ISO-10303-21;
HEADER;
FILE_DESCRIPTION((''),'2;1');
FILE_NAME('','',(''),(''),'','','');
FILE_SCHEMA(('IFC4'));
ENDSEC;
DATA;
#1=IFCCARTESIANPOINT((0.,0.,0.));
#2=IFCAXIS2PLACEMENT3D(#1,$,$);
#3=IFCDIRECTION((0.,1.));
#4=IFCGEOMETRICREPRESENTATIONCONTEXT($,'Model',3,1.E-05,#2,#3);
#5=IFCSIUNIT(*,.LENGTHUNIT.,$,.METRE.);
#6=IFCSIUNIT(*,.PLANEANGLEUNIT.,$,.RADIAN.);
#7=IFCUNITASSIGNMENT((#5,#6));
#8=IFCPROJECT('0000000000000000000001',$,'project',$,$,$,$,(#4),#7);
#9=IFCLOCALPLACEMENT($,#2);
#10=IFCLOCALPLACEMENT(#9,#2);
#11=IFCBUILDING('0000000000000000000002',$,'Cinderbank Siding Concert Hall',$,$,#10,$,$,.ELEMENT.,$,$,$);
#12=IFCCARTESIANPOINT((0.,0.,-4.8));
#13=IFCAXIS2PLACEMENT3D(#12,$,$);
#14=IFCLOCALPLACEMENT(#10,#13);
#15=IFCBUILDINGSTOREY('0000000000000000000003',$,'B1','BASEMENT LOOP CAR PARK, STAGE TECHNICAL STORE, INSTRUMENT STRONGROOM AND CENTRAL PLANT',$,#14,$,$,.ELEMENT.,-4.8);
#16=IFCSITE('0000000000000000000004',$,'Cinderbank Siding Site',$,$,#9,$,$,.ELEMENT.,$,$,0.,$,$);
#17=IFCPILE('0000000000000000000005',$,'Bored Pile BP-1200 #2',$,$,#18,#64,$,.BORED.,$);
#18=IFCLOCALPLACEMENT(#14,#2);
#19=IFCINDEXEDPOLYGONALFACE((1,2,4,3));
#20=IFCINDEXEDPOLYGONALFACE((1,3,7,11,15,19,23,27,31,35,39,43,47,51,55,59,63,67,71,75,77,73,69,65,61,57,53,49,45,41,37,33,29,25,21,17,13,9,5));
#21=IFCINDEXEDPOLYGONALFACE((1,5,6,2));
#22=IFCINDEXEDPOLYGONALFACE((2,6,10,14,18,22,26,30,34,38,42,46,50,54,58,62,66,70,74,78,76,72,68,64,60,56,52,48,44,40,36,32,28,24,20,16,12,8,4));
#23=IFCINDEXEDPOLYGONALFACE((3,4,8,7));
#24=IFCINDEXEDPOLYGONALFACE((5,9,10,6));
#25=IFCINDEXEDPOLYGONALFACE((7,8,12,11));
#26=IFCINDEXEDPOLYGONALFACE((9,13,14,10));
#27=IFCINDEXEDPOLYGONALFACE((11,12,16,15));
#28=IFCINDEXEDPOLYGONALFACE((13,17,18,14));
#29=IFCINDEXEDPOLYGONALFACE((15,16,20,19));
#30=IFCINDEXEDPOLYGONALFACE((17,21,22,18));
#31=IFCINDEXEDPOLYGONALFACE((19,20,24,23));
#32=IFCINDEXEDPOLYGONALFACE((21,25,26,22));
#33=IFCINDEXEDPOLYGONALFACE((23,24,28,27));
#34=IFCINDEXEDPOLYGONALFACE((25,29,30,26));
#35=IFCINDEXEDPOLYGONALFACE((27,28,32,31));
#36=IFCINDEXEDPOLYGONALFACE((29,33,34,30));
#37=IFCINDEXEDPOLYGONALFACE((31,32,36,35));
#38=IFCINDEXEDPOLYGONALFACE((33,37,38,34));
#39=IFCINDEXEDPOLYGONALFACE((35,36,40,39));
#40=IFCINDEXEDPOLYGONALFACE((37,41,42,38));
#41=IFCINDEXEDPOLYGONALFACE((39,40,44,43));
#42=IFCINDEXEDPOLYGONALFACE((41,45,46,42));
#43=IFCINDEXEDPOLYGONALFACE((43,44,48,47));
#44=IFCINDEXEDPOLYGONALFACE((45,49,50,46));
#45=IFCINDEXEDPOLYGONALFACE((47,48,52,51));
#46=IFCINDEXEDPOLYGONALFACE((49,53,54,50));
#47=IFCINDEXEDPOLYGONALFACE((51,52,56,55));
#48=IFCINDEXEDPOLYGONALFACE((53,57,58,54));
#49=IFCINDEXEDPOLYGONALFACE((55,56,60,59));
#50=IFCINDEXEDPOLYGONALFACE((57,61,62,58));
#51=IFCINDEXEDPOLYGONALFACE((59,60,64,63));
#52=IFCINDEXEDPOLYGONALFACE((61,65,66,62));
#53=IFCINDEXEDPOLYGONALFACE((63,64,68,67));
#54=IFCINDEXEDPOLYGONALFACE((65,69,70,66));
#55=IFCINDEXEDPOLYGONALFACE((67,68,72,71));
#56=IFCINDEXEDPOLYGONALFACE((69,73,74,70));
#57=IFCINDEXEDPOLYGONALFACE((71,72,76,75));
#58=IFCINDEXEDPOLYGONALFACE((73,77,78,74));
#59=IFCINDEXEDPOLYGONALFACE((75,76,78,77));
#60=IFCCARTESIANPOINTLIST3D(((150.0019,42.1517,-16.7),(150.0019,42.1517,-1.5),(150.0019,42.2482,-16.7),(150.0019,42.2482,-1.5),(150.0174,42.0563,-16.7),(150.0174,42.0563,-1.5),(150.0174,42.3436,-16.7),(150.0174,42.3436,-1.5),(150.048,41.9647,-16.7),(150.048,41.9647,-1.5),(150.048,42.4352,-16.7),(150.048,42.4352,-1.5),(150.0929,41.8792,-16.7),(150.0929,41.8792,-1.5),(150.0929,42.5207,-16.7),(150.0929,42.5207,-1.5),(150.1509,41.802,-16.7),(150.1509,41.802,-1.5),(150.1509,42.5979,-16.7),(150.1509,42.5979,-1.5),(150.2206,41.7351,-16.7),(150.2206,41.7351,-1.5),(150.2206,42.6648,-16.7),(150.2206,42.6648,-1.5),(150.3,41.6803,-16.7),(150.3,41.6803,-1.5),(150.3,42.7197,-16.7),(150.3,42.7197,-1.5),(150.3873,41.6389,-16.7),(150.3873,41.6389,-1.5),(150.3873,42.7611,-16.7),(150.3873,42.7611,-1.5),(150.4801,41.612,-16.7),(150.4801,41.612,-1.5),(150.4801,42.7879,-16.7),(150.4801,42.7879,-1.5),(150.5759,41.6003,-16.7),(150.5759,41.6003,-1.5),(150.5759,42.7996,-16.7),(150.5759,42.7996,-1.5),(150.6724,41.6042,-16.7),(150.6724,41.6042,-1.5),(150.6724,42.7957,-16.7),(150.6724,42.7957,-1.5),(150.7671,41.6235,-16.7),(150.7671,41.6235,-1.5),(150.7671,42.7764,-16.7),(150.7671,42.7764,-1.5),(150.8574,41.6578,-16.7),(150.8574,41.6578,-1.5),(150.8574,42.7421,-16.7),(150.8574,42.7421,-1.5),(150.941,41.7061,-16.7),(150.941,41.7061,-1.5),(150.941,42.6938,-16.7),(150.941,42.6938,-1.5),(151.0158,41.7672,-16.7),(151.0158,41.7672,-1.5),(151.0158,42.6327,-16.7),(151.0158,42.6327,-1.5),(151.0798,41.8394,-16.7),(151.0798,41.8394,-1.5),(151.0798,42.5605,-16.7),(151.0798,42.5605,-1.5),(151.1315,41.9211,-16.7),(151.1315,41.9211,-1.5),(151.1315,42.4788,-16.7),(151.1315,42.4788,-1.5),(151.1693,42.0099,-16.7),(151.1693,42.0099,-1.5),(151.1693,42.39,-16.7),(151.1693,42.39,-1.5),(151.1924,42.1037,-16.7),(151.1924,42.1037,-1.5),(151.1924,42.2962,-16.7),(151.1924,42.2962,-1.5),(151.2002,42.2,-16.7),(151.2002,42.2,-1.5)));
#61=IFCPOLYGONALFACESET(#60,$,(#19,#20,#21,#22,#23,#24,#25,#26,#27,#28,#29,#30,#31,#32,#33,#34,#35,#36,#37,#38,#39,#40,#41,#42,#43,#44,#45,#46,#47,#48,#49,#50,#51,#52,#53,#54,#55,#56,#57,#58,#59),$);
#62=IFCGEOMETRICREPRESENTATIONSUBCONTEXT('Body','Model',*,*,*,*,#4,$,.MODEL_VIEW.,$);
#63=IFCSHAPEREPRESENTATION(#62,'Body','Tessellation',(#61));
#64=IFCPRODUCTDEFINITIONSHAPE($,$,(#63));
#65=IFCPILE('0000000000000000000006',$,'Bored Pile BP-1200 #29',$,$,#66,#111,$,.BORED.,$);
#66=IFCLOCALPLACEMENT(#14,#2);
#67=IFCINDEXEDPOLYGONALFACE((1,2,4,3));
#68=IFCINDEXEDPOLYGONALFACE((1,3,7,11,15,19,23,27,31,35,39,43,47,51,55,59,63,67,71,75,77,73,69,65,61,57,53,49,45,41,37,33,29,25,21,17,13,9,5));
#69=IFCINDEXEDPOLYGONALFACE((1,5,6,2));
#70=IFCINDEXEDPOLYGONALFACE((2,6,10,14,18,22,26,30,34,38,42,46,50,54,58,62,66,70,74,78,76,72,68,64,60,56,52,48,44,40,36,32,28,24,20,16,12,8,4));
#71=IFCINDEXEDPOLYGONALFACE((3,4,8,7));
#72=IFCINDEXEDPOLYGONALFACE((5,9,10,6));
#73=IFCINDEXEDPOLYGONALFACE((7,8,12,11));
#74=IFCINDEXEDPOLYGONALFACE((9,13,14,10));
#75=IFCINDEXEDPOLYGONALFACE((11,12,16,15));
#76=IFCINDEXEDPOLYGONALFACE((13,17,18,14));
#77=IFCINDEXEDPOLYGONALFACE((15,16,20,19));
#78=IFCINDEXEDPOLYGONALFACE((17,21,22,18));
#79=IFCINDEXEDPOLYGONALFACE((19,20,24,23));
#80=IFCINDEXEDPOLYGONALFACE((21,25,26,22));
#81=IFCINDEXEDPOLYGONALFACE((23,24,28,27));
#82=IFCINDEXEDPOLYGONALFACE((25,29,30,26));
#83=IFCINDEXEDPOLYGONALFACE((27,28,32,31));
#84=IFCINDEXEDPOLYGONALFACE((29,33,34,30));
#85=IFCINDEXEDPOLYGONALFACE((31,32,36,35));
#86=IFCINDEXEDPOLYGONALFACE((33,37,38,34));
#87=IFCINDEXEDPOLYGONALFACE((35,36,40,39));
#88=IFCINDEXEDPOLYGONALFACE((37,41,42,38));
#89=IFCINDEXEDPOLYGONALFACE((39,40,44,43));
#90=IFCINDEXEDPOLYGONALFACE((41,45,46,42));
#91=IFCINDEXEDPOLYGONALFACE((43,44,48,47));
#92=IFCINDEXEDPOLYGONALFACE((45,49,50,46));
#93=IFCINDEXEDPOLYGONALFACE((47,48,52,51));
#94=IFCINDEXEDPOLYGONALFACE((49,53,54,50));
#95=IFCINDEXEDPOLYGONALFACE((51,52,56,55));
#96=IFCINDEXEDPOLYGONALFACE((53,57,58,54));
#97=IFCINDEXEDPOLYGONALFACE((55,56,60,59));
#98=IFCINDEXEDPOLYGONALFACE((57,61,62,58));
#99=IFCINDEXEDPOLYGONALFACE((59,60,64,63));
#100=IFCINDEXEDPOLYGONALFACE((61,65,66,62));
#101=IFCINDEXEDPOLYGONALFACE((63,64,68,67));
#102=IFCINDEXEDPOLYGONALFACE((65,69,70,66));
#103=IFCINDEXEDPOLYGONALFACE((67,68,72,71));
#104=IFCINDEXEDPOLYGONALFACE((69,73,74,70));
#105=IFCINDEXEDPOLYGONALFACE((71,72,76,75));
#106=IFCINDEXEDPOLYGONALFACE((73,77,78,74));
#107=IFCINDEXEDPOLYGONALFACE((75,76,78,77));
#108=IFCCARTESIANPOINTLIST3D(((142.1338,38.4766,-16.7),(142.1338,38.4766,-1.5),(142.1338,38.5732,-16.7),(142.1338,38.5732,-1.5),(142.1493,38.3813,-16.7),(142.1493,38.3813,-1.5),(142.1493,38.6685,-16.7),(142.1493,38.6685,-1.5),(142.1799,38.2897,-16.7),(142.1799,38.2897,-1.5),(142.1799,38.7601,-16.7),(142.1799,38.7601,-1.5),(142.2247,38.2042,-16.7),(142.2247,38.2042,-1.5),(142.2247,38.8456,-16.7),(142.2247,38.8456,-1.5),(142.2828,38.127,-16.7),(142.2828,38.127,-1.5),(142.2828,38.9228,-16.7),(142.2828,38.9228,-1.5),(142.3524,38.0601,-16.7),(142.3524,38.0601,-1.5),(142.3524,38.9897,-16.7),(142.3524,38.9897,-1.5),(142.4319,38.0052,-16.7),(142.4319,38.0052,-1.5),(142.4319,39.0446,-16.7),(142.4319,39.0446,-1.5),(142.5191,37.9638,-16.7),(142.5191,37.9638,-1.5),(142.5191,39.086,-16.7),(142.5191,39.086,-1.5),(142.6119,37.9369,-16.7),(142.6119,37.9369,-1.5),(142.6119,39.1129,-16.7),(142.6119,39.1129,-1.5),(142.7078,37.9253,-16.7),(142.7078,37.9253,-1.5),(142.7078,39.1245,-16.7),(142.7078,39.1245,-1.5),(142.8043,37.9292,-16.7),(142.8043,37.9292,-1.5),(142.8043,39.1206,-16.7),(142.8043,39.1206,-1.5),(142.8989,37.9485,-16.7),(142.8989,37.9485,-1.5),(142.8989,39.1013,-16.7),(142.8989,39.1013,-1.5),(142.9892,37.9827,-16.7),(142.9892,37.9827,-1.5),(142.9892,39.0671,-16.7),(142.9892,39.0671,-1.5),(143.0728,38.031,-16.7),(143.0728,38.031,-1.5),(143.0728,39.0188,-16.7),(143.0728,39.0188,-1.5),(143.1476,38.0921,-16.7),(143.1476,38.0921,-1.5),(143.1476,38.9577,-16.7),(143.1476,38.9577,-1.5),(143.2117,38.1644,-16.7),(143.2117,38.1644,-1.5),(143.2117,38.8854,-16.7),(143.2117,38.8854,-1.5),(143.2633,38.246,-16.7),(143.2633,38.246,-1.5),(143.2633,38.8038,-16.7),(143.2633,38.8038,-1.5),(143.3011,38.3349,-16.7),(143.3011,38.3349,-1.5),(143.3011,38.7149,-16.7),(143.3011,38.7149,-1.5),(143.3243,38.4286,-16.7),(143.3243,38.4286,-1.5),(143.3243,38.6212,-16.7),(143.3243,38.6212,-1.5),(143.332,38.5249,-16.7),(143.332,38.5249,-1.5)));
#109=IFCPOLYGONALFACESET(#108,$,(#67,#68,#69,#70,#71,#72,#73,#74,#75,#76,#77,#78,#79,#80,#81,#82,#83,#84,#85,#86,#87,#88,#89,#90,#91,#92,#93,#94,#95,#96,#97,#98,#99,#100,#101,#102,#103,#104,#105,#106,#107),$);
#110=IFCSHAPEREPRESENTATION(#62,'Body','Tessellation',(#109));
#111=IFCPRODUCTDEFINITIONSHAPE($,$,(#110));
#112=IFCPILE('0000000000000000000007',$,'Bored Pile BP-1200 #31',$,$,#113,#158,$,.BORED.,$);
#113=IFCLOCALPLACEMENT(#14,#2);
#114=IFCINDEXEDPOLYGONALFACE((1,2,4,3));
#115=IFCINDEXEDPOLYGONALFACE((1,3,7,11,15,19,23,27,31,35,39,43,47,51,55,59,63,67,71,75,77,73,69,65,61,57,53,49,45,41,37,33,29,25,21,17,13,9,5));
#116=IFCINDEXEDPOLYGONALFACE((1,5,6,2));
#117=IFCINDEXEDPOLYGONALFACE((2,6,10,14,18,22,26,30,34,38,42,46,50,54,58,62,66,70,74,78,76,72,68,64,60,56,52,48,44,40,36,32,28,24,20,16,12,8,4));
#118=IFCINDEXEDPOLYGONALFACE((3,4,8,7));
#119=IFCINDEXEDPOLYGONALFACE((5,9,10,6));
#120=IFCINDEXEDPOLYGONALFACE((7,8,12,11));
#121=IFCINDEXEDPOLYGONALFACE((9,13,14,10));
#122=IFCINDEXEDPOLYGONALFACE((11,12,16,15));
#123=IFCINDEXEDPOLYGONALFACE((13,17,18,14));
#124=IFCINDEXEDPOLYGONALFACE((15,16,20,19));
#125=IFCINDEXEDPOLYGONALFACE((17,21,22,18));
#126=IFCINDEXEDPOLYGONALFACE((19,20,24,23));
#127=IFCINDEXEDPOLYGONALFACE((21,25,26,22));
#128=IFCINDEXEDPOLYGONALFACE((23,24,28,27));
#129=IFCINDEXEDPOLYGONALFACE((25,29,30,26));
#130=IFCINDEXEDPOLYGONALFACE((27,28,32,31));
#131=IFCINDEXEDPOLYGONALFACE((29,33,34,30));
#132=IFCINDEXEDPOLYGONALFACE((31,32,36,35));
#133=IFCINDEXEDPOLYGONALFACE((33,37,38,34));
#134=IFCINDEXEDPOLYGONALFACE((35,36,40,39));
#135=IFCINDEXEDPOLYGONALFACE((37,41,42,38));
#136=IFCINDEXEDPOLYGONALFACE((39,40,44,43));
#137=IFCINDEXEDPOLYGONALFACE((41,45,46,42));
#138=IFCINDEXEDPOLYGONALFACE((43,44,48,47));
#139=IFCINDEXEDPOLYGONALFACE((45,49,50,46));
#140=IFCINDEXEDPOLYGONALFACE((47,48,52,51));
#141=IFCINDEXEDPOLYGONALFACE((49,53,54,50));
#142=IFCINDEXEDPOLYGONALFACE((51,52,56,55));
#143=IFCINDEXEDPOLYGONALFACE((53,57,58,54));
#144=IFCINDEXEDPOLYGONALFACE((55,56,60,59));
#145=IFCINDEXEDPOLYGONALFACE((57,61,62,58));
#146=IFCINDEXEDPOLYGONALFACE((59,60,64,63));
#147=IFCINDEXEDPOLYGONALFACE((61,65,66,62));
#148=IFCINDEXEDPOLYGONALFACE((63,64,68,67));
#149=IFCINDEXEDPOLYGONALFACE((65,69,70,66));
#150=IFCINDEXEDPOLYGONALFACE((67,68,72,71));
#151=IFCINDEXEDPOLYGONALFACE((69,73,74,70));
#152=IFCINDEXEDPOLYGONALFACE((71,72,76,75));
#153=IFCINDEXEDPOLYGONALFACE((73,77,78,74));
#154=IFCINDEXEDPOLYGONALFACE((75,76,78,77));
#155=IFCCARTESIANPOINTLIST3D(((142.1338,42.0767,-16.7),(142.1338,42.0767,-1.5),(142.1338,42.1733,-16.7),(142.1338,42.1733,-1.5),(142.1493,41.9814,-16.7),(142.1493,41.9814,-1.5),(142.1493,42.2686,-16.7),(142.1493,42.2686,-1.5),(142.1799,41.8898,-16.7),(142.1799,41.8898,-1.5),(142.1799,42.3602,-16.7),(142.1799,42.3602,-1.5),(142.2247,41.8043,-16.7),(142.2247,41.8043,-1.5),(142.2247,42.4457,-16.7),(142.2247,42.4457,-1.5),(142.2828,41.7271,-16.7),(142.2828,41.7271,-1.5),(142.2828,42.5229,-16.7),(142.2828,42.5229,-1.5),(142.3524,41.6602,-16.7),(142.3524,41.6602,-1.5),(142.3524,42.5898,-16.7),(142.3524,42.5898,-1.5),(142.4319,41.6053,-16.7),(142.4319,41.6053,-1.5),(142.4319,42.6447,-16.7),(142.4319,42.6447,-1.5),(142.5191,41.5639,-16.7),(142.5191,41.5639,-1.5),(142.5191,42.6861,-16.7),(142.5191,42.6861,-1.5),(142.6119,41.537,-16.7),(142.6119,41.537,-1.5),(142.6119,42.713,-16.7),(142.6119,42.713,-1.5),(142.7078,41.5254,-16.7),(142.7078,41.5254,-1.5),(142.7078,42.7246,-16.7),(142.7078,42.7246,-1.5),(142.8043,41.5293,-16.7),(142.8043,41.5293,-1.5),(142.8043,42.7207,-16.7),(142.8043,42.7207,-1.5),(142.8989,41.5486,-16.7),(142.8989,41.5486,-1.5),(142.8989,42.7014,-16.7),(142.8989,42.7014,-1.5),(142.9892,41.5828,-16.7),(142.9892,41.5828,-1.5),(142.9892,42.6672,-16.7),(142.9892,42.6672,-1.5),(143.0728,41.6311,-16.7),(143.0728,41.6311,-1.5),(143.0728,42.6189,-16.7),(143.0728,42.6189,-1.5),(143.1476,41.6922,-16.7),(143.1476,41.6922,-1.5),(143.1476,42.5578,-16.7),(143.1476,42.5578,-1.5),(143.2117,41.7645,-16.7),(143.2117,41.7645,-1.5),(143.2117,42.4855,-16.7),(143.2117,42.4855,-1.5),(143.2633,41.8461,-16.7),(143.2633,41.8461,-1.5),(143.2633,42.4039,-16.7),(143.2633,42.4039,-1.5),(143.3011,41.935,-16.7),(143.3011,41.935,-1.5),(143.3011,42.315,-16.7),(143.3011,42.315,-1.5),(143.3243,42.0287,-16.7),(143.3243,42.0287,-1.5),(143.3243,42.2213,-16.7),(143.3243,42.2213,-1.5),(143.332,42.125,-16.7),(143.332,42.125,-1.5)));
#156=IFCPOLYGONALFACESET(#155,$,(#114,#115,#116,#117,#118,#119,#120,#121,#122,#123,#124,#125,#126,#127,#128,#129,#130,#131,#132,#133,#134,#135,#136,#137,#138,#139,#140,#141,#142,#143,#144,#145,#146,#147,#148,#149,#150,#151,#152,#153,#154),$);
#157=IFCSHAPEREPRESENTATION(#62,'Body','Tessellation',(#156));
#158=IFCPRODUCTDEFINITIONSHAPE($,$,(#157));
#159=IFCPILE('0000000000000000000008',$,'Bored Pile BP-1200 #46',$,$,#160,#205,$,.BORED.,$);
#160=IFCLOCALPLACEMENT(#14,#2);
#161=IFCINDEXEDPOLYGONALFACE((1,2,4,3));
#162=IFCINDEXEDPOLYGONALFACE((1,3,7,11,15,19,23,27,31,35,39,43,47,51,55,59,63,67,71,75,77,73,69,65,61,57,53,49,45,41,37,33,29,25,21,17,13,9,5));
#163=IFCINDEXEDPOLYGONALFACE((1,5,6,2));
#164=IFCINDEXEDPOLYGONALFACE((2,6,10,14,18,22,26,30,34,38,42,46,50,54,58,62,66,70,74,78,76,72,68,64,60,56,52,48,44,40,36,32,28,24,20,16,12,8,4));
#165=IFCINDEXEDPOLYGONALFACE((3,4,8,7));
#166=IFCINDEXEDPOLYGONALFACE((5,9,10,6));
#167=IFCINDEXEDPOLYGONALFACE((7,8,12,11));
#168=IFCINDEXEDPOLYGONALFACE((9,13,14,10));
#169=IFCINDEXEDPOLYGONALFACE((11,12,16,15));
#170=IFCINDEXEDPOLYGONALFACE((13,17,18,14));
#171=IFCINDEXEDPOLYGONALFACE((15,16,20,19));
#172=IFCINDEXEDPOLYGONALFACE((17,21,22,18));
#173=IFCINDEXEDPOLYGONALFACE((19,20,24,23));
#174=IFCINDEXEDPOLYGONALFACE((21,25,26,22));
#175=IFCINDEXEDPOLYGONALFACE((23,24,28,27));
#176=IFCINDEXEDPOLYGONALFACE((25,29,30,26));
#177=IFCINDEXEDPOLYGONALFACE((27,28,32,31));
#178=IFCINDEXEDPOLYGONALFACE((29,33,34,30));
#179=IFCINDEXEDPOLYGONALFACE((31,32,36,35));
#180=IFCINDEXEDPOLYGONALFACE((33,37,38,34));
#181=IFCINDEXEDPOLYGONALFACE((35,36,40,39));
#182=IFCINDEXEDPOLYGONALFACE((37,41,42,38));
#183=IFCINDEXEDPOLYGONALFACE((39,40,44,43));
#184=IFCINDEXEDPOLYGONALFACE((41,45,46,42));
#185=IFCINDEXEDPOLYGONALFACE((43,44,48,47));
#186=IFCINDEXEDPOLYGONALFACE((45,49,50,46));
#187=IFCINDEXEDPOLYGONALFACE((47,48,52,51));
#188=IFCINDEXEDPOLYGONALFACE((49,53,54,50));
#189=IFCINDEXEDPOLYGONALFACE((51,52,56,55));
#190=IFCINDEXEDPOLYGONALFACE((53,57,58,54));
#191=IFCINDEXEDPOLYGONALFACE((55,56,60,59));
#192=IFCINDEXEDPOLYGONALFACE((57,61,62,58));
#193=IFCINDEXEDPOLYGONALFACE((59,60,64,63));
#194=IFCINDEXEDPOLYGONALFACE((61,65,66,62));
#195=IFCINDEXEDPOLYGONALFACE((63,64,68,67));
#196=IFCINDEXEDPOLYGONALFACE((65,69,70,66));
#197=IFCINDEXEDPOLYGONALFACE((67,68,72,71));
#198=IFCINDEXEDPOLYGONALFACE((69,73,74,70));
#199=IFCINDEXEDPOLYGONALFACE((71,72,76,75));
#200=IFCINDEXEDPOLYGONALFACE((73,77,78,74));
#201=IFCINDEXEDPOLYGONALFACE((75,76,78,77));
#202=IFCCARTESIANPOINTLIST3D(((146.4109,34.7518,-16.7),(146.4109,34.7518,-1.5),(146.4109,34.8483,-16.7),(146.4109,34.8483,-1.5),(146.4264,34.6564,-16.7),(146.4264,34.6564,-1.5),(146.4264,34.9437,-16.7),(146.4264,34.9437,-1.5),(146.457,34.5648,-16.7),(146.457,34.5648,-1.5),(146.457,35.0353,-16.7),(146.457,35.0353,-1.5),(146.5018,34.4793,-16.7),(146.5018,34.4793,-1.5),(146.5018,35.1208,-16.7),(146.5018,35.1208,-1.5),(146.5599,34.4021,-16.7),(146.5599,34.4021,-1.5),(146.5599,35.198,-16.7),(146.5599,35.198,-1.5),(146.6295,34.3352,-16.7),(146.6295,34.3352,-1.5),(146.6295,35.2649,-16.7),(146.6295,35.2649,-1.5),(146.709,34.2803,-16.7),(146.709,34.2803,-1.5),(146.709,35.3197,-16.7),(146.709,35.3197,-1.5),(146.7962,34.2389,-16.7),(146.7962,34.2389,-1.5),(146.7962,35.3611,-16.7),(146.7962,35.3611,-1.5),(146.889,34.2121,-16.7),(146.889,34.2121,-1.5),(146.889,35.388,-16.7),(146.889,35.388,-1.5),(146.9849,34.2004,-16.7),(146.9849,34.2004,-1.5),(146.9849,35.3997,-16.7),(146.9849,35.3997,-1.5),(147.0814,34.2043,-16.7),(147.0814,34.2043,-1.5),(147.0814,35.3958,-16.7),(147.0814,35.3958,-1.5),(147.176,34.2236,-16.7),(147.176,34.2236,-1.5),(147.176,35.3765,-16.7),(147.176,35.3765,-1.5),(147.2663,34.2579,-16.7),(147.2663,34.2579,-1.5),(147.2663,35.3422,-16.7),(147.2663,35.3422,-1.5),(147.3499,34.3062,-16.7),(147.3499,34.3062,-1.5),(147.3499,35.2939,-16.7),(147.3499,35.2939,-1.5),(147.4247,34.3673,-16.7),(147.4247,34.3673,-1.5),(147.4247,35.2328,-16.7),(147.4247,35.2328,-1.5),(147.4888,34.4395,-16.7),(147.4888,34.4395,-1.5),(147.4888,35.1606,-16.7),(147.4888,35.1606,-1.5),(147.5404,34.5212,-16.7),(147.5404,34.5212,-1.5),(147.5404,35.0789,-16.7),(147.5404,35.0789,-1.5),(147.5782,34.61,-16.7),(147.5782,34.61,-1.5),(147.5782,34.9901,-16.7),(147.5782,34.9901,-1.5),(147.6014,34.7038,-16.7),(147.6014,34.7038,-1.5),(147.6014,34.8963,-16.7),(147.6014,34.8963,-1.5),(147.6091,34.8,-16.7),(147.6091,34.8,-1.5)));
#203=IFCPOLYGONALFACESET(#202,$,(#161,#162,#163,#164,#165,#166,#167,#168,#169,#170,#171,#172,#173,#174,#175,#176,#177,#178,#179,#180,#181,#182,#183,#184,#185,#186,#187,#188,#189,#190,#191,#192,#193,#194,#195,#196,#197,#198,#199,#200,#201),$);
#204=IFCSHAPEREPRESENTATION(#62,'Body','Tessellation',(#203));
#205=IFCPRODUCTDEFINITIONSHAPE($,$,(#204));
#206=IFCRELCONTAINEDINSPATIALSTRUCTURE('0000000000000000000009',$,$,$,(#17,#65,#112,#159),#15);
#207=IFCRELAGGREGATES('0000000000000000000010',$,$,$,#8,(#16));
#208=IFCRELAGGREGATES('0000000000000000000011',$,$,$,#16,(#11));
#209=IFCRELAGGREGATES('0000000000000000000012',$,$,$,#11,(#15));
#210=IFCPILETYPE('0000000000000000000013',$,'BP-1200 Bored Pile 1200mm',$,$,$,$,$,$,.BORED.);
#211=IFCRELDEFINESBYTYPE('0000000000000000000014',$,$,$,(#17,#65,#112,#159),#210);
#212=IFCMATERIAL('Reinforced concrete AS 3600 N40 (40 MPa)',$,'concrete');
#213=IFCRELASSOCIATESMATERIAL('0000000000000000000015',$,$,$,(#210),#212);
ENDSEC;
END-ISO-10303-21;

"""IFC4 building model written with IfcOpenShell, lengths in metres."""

from ifc_helpers import new_model, si_unit, direction, frame, origin, origin_2d, place, context, subcontext, project, spatial, circle, extrude, material, material_profile, profile_set, type_object, element, save


model = new_model("IFC4")

# Units and contexts
model_context = context("Model", 3, precision=1e-05, world=origin(), true_north=direction((0.0, 1.0)))
body_context = subcontext(model_context, "Body", "Model", "MODEL_VIEW")
ifc_project = project(units=[si_unit("LENGTHUNIT", "METRE"), si_unit("PLANEANGLEUNIT", "RADIAN")], contexts=[model_context])

# Site, building, storey
site_placement = place(None, origin())
site = spatial("IfcSite", under=ifc_project, at=site_placement, Name="Cinderbank Siding Site", CompositionType="ELEMENT", RefElevation=0.0)
building_placement = place(site_placement, origin())
building = spatial("IfcBuilding", under=site, at=building_placement, Name="Cinderbank Siding Concert Hall", CompositionType="ELEMENT")
storey_placement = place(building_placement, frame((0.0, 0.0, -4.8)))
storey = spatial("IfcBuildingStorey", under=building, at=storey_placement, Name="B1", Description="BASEMENT LOOP CAR PARK, STAGE TECHNICAL STORE, INSTRUMENT STRONGROOM AND CENTRAL PLANT", CompositionType="ELEMENT", Elevation=-4.8)

# Piles
ifc_material_1 = material(Name="Reinforced concrete AS 3600 N40 (40 MPa)", Category="concrete")
ifc_material_profile_1 = material_profile(ifc_material_1, circle(Radius=0.6001, at=origin_2d()), Name="PILE-1200DIA", Category="LoadBearing")
ifc_profile_set_1 = profile_set([ifc_material_profile_1], Name="Reinforced concrete AS 3600 N40 (40 MPa)")
pile_type_1 = type_object("IfcPileType", Name="BP-1200 Bored Pile 1200mm", PredefinedType="BORED", material=ifc_profile_set_1)
for number, where, z_axis, x_axis, name in (
    (1, (150.6001, 42.2, -1.5), (0.0, 0.0, -1.0), (1.0, 0.0, 0.0), "Bored Pile BP-1200 #2"),
    (2, (142.7319, 38.5249, -1.5), (0.0, 0.0, -1.0), (1.0, 0.0, 0.0), "Bored Pile BP-1200 #29"),
    (3, (142.7319, 42.125, -1.5), (0.0, 0.0, -1.0), (1.0, 0.0, 0.0), "Bored Pile BP-1200 #31"),
    (4, (147.009, 34.8, -1.5), (0.0, 0.0, -1.0), (1.0, 0.0, 0.0), "Bored Pile BP-1200 #46"),
):
    element("IfcPile", number, at=place(storey_placement, frame(where, z_axis=z_axis, x_axis=x_axis)), inside=storey, type_object=pile_type_1, Name=name, PredefinedType="BORED", context=body_context, shape_type="SweptSolid", body=[
        extrude(circle(Radius=0.6001, at=origin_2d()), origin(), (0.0, 0.0, 1.0), 15.2),
    ])

save(model, "model.ifc")
